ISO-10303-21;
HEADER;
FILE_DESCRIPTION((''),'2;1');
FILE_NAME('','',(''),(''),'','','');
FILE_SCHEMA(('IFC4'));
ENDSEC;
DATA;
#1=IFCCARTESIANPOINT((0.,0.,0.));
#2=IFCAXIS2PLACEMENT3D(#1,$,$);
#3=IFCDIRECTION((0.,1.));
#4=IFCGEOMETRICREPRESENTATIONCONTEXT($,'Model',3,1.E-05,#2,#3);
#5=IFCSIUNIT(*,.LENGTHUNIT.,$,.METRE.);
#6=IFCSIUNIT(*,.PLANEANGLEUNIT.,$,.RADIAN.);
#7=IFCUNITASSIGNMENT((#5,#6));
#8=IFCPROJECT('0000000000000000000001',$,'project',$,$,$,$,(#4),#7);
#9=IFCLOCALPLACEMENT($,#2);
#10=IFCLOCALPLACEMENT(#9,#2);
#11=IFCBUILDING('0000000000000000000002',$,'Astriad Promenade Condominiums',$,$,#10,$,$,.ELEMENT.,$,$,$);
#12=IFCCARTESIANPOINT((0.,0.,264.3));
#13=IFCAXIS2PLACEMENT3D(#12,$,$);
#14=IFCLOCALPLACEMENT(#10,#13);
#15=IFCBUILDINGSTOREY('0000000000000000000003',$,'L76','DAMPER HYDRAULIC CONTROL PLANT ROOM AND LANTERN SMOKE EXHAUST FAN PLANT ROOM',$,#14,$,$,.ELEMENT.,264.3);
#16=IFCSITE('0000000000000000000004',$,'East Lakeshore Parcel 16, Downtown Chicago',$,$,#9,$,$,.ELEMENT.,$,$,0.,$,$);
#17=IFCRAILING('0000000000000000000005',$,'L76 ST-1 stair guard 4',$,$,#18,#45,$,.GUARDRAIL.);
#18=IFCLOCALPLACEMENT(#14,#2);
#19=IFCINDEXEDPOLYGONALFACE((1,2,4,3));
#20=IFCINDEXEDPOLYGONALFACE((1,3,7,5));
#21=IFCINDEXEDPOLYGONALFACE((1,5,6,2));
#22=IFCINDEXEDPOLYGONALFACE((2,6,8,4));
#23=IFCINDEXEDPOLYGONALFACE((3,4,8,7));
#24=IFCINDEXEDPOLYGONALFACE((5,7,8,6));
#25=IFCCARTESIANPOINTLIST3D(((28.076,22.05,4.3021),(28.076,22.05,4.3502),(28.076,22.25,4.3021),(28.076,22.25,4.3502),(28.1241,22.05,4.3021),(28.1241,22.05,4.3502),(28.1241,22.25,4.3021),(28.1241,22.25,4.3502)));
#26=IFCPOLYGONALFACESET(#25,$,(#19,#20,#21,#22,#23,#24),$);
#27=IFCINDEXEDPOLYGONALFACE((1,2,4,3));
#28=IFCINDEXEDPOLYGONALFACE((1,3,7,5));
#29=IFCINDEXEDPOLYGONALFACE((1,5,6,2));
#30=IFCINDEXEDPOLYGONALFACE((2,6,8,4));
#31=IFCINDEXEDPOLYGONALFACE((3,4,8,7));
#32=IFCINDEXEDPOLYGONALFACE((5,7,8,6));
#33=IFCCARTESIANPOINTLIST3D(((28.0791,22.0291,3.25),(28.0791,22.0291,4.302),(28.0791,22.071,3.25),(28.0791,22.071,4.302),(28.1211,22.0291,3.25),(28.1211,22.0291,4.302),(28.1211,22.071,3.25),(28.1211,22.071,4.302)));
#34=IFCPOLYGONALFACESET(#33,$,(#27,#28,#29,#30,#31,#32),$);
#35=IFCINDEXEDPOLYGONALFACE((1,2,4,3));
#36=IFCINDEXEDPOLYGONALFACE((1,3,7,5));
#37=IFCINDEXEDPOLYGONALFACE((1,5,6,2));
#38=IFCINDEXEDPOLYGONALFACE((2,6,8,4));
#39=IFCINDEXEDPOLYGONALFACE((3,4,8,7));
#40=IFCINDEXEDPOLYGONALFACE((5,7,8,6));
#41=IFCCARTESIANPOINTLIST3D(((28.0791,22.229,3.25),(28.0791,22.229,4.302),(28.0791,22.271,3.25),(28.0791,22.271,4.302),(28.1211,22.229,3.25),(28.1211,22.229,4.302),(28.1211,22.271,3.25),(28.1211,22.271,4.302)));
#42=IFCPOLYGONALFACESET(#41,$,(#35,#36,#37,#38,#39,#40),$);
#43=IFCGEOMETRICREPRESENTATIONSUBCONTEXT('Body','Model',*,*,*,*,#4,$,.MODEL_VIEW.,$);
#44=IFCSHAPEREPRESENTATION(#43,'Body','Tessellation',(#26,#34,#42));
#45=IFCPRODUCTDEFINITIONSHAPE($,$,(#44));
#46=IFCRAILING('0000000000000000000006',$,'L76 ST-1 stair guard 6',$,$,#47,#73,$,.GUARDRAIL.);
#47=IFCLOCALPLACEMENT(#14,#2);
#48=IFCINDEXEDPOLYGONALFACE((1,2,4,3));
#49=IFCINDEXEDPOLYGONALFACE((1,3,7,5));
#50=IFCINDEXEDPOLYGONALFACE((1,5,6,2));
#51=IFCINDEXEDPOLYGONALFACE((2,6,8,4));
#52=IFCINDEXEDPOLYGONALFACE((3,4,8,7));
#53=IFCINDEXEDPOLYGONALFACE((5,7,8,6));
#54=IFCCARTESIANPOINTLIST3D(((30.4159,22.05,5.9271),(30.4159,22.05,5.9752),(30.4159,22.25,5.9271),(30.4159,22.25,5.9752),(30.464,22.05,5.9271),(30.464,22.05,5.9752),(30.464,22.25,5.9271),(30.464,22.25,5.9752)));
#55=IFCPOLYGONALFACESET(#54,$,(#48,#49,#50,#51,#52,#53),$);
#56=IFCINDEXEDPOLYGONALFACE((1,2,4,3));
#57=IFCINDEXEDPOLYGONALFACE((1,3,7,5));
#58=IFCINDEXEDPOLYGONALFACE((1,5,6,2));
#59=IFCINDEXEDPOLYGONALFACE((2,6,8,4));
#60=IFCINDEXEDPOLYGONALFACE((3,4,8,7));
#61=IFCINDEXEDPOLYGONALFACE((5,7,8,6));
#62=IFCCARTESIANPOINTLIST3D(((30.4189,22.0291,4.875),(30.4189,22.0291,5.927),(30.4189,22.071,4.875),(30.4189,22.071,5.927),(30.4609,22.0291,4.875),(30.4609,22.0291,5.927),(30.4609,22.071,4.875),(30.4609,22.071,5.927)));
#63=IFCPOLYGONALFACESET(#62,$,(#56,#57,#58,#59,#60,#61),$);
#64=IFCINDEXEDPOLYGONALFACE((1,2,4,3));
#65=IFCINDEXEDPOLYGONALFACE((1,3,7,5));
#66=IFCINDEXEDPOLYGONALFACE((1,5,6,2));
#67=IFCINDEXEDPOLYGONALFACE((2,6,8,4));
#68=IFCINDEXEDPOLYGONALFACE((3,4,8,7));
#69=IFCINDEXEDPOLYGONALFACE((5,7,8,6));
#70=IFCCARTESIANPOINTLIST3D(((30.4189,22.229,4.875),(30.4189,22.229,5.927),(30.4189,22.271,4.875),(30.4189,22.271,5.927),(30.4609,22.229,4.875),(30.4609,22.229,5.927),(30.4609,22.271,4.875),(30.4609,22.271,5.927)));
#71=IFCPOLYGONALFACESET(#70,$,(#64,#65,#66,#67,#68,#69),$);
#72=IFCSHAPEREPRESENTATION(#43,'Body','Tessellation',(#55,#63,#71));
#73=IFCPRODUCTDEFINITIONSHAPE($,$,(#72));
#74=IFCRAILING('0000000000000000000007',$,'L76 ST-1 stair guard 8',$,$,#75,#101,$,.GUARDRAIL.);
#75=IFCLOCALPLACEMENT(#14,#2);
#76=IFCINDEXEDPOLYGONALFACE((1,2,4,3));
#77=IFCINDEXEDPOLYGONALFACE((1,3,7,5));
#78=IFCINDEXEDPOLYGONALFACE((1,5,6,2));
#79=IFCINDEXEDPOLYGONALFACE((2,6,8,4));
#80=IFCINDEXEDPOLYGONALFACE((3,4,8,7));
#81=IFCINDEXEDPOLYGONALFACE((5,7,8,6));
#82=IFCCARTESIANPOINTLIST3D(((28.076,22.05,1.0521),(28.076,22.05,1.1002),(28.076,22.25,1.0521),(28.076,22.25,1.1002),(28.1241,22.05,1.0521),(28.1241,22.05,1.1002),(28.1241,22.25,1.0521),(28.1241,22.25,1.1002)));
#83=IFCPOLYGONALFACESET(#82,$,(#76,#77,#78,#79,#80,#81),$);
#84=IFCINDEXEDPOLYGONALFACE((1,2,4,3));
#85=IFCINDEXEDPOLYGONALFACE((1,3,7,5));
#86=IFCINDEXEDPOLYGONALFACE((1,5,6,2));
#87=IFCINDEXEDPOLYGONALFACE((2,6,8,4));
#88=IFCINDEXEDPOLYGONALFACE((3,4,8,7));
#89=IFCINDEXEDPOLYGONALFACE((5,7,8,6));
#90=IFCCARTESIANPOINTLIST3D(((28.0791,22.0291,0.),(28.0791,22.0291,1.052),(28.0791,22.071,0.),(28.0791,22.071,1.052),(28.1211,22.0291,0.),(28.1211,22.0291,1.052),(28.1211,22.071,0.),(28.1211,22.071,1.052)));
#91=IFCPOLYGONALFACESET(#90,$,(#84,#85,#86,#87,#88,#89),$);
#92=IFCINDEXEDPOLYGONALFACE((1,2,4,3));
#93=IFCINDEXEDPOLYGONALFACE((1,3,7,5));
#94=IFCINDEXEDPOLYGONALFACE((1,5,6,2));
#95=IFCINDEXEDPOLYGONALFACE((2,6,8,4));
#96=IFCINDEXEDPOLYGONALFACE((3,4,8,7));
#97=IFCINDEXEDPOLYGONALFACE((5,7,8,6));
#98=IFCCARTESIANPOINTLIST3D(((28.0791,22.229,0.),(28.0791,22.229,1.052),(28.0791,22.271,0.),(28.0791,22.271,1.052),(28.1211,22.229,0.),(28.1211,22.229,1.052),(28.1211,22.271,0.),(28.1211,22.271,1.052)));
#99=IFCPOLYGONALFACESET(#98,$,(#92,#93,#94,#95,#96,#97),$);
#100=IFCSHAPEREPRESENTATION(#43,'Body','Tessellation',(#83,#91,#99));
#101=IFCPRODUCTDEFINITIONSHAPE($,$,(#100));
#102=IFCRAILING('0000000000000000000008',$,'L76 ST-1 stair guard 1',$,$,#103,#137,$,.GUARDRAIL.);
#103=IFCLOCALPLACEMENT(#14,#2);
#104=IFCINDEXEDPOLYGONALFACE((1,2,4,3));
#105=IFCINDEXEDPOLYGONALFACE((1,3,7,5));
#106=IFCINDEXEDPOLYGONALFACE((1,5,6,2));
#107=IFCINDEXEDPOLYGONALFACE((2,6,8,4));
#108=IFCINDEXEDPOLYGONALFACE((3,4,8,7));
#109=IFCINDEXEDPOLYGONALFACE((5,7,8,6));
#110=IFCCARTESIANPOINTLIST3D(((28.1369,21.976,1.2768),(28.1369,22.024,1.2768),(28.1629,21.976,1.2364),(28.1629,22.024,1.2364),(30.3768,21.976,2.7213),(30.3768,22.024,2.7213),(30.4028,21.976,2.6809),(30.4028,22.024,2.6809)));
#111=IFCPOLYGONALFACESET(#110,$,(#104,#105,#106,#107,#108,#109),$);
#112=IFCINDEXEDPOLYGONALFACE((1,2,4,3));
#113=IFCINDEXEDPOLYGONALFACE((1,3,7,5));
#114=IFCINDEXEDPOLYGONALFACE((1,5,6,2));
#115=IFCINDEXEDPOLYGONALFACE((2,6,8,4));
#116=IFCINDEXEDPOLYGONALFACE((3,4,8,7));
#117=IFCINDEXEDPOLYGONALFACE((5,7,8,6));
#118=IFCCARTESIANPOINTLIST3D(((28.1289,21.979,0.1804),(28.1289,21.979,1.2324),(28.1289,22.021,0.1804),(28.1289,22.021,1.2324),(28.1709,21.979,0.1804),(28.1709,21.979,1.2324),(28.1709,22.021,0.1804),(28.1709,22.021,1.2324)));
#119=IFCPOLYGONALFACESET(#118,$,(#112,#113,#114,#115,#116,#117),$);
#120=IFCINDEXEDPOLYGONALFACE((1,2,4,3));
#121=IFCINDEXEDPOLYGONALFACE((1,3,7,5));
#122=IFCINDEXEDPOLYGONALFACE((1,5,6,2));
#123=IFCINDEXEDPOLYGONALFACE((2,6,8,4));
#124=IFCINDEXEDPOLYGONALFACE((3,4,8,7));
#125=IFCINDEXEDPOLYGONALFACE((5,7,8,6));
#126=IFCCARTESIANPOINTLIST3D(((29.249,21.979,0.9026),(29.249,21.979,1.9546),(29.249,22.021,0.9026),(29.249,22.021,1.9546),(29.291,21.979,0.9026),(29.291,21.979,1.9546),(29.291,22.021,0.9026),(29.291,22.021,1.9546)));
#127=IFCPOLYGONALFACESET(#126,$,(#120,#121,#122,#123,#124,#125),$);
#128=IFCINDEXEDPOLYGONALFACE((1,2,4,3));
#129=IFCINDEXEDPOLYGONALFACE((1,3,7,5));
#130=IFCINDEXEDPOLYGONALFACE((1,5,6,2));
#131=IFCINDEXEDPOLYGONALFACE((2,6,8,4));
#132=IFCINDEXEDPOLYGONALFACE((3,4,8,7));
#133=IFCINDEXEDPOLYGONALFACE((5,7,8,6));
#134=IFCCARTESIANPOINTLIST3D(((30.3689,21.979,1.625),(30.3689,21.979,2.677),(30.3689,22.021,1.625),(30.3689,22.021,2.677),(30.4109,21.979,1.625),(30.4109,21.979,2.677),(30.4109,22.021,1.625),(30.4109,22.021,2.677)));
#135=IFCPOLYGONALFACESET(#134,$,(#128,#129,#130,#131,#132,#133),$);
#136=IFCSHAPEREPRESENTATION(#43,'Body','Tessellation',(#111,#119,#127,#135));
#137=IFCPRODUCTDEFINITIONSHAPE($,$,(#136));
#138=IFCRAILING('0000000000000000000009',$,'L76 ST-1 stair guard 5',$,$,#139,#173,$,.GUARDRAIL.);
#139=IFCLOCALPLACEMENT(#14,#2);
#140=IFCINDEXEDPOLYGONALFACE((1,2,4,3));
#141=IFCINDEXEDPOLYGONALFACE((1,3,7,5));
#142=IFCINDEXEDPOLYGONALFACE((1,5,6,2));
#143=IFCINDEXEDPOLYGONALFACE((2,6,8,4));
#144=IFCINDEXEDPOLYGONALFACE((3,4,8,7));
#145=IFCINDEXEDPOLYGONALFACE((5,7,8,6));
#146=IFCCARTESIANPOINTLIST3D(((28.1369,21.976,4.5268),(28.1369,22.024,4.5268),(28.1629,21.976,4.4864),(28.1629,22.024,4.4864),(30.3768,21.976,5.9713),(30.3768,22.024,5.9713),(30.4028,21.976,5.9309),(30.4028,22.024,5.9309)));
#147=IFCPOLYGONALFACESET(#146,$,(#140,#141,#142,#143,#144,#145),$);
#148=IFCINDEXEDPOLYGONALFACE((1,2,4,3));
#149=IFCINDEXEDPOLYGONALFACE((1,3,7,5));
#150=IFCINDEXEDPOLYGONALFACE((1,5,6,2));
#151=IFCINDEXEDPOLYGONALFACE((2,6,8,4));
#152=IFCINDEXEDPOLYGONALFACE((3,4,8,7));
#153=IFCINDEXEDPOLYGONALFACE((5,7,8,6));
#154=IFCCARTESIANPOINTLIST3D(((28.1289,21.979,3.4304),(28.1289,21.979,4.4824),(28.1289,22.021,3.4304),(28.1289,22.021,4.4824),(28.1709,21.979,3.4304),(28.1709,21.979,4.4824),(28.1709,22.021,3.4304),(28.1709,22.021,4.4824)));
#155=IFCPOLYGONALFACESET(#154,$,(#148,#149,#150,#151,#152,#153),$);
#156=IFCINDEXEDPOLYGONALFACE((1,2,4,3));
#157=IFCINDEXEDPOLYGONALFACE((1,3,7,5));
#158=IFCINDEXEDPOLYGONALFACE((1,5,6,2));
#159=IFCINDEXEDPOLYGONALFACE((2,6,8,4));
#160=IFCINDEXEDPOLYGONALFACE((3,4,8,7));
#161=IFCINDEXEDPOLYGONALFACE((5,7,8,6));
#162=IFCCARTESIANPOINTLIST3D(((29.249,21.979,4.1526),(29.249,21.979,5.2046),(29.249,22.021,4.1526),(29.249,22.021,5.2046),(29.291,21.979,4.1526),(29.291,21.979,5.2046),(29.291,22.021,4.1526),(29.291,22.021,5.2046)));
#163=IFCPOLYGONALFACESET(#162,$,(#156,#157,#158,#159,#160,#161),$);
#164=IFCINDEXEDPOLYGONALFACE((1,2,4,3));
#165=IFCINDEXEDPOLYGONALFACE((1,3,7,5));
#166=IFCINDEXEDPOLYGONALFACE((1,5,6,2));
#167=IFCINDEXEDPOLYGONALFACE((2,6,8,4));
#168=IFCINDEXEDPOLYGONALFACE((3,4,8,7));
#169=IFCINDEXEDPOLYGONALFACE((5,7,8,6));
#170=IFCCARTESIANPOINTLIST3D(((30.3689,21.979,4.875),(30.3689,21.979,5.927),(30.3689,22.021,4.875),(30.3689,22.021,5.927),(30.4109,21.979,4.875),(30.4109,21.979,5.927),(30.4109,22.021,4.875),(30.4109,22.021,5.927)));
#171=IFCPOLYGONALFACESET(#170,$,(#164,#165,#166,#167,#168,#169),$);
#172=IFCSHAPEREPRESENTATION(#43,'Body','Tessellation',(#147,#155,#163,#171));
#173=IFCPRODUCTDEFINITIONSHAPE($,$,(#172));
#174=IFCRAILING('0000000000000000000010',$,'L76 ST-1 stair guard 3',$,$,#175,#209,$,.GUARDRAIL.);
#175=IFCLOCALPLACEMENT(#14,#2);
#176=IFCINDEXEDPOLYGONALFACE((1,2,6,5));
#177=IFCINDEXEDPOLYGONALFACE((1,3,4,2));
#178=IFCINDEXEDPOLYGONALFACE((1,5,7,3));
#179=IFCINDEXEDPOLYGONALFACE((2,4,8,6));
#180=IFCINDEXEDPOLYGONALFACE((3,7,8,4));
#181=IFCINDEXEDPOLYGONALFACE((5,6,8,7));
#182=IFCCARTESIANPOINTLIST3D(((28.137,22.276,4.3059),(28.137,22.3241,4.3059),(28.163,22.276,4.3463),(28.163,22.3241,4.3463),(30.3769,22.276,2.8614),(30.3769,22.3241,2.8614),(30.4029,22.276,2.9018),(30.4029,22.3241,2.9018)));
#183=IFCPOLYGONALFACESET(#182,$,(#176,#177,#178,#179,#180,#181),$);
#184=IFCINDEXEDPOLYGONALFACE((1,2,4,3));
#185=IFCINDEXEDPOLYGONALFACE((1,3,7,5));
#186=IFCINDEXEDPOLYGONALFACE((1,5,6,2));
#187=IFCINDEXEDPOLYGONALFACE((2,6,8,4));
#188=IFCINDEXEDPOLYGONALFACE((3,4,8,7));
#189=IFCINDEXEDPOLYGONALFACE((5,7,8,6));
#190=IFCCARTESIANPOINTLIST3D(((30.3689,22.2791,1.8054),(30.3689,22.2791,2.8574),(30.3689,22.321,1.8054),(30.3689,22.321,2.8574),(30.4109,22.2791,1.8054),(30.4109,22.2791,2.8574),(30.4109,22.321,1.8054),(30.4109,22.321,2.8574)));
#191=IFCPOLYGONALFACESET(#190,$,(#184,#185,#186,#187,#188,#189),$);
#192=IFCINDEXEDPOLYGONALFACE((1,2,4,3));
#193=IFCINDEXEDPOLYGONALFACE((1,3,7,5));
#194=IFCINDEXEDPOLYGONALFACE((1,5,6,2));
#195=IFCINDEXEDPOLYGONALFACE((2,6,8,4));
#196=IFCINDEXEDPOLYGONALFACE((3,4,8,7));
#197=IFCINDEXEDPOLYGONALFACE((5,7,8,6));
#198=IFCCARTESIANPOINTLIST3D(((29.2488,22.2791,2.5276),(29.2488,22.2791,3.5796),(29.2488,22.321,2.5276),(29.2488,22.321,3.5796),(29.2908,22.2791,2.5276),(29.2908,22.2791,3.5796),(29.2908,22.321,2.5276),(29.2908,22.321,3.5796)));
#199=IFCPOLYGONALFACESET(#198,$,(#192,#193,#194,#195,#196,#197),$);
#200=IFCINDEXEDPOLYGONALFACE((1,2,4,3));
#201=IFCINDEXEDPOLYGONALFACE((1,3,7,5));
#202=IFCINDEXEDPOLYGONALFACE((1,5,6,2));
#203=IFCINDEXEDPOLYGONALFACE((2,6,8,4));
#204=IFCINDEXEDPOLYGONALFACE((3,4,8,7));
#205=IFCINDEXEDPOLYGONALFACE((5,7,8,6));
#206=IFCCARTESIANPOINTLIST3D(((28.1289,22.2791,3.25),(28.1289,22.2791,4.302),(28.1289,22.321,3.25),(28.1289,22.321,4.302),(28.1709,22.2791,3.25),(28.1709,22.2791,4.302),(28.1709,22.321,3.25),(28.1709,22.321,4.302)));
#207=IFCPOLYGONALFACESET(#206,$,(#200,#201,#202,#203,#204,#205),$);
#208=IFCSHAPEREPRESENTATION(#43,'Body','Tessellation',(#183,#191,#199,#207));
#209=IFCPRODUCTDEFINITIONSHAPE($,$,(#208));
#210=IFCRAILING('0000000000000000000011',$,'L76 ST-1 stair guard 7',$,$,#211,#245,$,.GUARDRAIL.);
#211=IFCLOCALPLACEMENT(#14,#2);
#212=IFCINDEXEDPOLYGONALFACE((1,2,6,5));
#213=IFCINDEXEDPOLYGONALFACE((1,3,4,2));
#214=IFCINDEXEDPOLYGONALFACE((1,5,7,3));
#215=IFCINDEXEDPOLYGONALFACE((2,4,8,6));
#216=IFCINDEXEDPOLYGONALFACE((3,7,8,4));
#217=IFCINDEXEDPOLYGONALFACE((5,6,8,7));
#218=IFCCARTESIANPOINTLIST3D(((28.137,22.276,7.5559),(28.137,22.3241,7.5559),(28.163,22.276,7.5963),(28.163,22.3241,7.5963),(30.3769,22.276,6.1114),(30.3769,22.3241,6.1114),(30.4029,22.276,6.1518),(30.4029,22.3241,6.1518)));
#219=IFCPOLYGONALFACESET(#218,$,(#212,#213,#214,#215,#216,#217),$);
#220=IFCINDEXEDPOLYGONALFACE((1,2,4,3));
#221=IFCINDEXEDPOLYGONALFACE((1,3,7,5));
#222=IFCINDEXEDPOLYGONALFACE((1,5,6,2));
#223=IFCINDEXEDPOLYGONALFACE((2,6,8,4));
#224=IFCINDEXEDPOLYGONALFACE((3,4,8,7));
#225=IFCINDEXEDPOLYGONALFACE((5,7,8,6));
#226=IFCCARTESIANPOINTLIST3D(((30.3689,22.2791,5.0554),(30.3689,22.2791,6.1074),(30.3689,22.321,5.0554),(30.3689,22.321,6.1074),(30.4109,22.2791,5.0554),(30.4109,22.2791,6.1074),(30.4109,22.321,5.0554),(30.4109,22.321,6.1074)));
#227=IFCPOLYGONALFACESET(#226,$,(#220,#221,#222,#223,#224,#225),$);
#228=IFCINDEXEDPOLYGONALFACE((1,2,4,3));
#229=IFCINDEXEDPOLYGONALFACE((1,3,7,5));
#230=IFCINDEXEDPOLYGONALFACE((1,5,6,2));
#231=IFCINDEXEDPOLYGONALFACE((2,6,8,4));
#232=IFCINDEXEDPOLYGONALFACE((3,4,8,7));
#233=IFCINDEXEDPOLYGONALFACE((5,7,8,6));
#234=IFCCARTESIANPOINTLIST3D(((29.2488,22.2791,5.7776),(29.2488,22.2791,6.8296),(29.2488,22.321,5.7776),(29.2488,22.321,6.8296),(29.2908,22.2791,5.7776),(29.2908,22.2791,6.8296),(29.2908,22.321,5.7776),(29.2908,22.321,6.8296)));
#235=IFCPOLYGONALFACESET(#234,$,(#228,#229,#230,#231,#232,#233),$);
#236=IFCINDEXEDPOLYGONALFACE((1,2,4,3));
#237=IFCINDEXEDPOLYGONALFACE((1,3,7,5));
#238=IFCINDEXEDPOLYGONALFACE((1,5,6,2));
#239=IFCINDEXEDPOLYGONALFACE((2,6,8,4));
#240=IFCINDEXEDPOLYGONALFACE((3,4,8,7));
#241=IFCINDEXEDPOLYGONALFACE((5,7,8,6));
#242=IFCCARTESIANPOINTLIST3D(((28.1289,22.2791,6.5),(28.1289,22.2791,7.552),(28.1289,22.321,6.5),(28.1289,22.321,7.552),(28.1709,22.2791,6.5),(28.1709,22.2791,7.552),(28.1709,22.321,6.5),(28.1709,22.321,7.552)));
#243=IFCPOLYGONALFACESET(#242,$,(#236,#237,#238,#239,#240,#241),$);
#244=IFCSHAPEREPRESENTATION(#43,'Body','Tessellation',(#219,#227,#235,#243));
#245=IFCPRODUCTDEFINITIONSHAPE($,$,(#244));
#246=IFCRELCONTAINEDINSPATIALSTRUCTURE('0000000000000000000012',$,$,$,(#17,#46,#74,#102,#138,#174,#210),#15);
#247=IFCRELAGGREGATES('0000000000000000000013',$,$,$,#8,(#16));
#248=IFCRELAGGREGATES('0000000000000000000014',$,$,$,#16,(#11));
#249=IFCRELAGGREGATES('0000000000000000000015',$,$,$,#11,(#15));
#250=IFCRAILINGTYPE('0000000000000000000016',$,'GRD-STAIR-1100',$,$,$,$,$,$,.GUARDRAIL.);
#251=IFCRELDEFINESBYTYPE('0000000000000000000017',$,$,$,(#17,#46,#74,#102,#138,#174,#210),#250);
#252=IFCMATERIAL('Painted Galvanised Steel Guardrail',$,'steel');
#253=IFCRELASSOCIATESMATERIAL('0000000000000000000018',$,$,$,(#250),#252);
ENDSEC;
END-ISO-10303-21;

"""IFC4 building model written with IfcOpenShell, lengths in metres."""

from ifc_helpers import new_model, si_unit, direction, frame, origin, origin_2d, place, context, subcontext, project, spatial, rectangle, extrude, source, transform, mapped, material, type_object, type_shapes, element, save


model = new_model("IFC4")

# Units and contexts
model_context = context("Model", 3, precision=1e-05, world=origin(), true_north=direction((0.0, 1.0)))
body_context = subcontext(model_context, "Body", "Model", "MODEL_VIEW")
ifc_project = project(units=[si_unit("LENGTHUNIT", "METRE"), si_unit("PLANEANGLEUNIT", "RADIAN")], contexts=[model_context])

# Site, building, storey
site_placement = place(None, origin())
site = spatial("IfcSite", under=ifc_project, at=site_placement, Name="East Lakeshore Parcel 16, Downtown Chicago", CompositionType="ELEMENT", RefElevation=0.0)
building_placement = place(site_placement, origin())
building = spatial("IfcBuilding", under=site, at=building_placement, Name="Astriad Promenade Condominiums", CompositionType="ELEMENT")
storey_placement = place(building_placement, frame((0.0, 0.0, 264.3)))
storey = spatial("IfcBuildingStorey", under=building, at=storey_placement, Name="L76", Description="DAMPER HYDRAULIC CONTROL PLANT ROOM AND LANTERN SMOKE EXHAUST FAN PLANT ROOM", CompositionType="ELEMENT", Elevation=264.3)

# Railings
ifc_material_1 = material(Name="Painted Galvanised Steel Guardrail", Category="steel")
railing_type_1 = type_object("IfcRailingType", Name="GRD-STAIR-1100", PredefinedType="GUARDRAIL", material=ifc_material_1)
shared_shape_1 = source(origin(), body_context, "Body", "SweptSolid", [
    extrude(rectangle(XDim=0.0481, YDim=0.0481, at=origin_2d()), frame((0.0, 0.0, 1.0762), z_axis=(0.0, 1.0, 0.0), x_axis=(-1.0, 0.0, 0.0)), (0.0, 0.0, 1.0), 0.2),
    extrude(rectangle(XDim=0.042, YDim=0.042, at=origin_2d()), origin(), (0.0, 0.0, 1.0), 1.052),
    extrude(rectangle(XDim=0.042, YDim=0.042, at=origin_2d()), frame((0.0, 0.2, 0.0)), (0.0, 0.0, 1.0), 1.052),
])
for number, where, name in (
    (1, (28.1001, 22.05, 3.25), "L76 ST-1 stair guard 4"),
    (2, (30.4399, 22.05, 4.875), "L76 ST-1 stair guard 6"),
    (3, (28.1001, 22.05, 0.0), "L76 ST-1 stair guard 8"),
):
    element("IfcRailing", number, at=place(storey_placement, frame(where)), inside=storey, type_object=railing_type_1, Name=name, PredefinedType="GUARDRAIL", context=body_context, shape_type="MappedRepresentation", body=[
        mapped(shared_shape_1, transform((0.0, 0.0, 0.0), scale=1.0)),
    ])
shared_shape_2 = source(origin(), body_context, "Body", "SweptSolid", [
    extrude(rectangle(XDim=0.0481, YDim=0.0481, at=origin_2d()), frame((0.0, 0.0, 1.0762), z_axis=(0.840395, 0.0, 0.541975), x_axis=(0.0, 1.0, 0.0)), (0.0, 0.0, 1.0), 2.6653),
    extrude(rectangle(XDim=0.042, YDim=0.042, at=origin_2d()), origin(), (0.0, 0.0, 1.0), 1.052),
    extrude(rectangle(XDim=0.042, YDim=0.042, at=origin_2d()), frame((1.1201, 0.0, 0.7222)), (0.0, 0.0, 1.0), 1.052),
    extrude(rectangle(XDim=0.042, YDim=0.042, at=origin_2d()), frame((2.24, 0.0, 1.4446)), (0.0, 0.0, 1.0), 1.052),
])
for number, where, name in (
    (4, (28.1499, 22.0, 0.1804), "L76 ST-1 stair guard 1"),
    (5, (28.1499, 22.0, 3.4304), "L76 ST-1 stair guard 5"),
):
    element("IfcRailing", number, at=place(storey_placement, frame(where)), inside=storey, type_object=railing_type_1, Name=name, PredefinedType="GUARDRAIL", context=body_context, shape_type="MappedRepresentation", body=[
        mapped(shared_shape_2, transform((0.0, 0.0, 0.0), scale=1.0)),
    ])
shared_shape_3 = source(origin(), body_context, "Body", "SweptSolid", [
    extrude(rectangle(XDim=0.0481, YDim=0.0481, at=origin_2d()), frame((0.0, 0.0, 1.0762), z_axis=(-0.840395, 0.0, 0.541975), x_axis=(0.0, -1.0, 0.0)), (0.0, 0.0, 1.0), 2.6653),
    extrude(rectangle(XDim=0.042, YDim=0.042, at=origin_2d()), origin(), (0.0, 0.0, 1.0), 1.052),
    extrude(rectangle(XDim=0.042, YDim=0.042, at=origin_2d()), frame((-1.1201, 0.0, 0.7222)), (0.0, 0.0, 1.0), 1.052),
    extrude(rectangle(XDim=0.042, YDim=0.042, at=origin_2d()), frame((-2.24, 0.0, 1.4446)), (0.0, 0.0, 1.0), 1.052),
])
type_shapes(railing_type_1, [shared_shape_1, shared_shape_2, shared_shape_3])
for number, where, name in (
    (6, (30.3899, 22.3, 1.8054), "L76 ST-1 stair guard 3"),
    (7, (30.3899, 22.3, 5.0554), "L76 ST-1 stair guard 7"),
):
    element("IfcRailing", number, at=place(storey_placement, frame(where)), inside=storey, type_object=railing_type_1, Name=name, PredefinedType="GUARDRAIL", context=body_context, shape_type="MappedRepresentation", body=[
        mapped(shared_shape_3, transform((0.0, 0.0, 0.0), scale=1.0)),
    ])

save(model, "model.ifc")
